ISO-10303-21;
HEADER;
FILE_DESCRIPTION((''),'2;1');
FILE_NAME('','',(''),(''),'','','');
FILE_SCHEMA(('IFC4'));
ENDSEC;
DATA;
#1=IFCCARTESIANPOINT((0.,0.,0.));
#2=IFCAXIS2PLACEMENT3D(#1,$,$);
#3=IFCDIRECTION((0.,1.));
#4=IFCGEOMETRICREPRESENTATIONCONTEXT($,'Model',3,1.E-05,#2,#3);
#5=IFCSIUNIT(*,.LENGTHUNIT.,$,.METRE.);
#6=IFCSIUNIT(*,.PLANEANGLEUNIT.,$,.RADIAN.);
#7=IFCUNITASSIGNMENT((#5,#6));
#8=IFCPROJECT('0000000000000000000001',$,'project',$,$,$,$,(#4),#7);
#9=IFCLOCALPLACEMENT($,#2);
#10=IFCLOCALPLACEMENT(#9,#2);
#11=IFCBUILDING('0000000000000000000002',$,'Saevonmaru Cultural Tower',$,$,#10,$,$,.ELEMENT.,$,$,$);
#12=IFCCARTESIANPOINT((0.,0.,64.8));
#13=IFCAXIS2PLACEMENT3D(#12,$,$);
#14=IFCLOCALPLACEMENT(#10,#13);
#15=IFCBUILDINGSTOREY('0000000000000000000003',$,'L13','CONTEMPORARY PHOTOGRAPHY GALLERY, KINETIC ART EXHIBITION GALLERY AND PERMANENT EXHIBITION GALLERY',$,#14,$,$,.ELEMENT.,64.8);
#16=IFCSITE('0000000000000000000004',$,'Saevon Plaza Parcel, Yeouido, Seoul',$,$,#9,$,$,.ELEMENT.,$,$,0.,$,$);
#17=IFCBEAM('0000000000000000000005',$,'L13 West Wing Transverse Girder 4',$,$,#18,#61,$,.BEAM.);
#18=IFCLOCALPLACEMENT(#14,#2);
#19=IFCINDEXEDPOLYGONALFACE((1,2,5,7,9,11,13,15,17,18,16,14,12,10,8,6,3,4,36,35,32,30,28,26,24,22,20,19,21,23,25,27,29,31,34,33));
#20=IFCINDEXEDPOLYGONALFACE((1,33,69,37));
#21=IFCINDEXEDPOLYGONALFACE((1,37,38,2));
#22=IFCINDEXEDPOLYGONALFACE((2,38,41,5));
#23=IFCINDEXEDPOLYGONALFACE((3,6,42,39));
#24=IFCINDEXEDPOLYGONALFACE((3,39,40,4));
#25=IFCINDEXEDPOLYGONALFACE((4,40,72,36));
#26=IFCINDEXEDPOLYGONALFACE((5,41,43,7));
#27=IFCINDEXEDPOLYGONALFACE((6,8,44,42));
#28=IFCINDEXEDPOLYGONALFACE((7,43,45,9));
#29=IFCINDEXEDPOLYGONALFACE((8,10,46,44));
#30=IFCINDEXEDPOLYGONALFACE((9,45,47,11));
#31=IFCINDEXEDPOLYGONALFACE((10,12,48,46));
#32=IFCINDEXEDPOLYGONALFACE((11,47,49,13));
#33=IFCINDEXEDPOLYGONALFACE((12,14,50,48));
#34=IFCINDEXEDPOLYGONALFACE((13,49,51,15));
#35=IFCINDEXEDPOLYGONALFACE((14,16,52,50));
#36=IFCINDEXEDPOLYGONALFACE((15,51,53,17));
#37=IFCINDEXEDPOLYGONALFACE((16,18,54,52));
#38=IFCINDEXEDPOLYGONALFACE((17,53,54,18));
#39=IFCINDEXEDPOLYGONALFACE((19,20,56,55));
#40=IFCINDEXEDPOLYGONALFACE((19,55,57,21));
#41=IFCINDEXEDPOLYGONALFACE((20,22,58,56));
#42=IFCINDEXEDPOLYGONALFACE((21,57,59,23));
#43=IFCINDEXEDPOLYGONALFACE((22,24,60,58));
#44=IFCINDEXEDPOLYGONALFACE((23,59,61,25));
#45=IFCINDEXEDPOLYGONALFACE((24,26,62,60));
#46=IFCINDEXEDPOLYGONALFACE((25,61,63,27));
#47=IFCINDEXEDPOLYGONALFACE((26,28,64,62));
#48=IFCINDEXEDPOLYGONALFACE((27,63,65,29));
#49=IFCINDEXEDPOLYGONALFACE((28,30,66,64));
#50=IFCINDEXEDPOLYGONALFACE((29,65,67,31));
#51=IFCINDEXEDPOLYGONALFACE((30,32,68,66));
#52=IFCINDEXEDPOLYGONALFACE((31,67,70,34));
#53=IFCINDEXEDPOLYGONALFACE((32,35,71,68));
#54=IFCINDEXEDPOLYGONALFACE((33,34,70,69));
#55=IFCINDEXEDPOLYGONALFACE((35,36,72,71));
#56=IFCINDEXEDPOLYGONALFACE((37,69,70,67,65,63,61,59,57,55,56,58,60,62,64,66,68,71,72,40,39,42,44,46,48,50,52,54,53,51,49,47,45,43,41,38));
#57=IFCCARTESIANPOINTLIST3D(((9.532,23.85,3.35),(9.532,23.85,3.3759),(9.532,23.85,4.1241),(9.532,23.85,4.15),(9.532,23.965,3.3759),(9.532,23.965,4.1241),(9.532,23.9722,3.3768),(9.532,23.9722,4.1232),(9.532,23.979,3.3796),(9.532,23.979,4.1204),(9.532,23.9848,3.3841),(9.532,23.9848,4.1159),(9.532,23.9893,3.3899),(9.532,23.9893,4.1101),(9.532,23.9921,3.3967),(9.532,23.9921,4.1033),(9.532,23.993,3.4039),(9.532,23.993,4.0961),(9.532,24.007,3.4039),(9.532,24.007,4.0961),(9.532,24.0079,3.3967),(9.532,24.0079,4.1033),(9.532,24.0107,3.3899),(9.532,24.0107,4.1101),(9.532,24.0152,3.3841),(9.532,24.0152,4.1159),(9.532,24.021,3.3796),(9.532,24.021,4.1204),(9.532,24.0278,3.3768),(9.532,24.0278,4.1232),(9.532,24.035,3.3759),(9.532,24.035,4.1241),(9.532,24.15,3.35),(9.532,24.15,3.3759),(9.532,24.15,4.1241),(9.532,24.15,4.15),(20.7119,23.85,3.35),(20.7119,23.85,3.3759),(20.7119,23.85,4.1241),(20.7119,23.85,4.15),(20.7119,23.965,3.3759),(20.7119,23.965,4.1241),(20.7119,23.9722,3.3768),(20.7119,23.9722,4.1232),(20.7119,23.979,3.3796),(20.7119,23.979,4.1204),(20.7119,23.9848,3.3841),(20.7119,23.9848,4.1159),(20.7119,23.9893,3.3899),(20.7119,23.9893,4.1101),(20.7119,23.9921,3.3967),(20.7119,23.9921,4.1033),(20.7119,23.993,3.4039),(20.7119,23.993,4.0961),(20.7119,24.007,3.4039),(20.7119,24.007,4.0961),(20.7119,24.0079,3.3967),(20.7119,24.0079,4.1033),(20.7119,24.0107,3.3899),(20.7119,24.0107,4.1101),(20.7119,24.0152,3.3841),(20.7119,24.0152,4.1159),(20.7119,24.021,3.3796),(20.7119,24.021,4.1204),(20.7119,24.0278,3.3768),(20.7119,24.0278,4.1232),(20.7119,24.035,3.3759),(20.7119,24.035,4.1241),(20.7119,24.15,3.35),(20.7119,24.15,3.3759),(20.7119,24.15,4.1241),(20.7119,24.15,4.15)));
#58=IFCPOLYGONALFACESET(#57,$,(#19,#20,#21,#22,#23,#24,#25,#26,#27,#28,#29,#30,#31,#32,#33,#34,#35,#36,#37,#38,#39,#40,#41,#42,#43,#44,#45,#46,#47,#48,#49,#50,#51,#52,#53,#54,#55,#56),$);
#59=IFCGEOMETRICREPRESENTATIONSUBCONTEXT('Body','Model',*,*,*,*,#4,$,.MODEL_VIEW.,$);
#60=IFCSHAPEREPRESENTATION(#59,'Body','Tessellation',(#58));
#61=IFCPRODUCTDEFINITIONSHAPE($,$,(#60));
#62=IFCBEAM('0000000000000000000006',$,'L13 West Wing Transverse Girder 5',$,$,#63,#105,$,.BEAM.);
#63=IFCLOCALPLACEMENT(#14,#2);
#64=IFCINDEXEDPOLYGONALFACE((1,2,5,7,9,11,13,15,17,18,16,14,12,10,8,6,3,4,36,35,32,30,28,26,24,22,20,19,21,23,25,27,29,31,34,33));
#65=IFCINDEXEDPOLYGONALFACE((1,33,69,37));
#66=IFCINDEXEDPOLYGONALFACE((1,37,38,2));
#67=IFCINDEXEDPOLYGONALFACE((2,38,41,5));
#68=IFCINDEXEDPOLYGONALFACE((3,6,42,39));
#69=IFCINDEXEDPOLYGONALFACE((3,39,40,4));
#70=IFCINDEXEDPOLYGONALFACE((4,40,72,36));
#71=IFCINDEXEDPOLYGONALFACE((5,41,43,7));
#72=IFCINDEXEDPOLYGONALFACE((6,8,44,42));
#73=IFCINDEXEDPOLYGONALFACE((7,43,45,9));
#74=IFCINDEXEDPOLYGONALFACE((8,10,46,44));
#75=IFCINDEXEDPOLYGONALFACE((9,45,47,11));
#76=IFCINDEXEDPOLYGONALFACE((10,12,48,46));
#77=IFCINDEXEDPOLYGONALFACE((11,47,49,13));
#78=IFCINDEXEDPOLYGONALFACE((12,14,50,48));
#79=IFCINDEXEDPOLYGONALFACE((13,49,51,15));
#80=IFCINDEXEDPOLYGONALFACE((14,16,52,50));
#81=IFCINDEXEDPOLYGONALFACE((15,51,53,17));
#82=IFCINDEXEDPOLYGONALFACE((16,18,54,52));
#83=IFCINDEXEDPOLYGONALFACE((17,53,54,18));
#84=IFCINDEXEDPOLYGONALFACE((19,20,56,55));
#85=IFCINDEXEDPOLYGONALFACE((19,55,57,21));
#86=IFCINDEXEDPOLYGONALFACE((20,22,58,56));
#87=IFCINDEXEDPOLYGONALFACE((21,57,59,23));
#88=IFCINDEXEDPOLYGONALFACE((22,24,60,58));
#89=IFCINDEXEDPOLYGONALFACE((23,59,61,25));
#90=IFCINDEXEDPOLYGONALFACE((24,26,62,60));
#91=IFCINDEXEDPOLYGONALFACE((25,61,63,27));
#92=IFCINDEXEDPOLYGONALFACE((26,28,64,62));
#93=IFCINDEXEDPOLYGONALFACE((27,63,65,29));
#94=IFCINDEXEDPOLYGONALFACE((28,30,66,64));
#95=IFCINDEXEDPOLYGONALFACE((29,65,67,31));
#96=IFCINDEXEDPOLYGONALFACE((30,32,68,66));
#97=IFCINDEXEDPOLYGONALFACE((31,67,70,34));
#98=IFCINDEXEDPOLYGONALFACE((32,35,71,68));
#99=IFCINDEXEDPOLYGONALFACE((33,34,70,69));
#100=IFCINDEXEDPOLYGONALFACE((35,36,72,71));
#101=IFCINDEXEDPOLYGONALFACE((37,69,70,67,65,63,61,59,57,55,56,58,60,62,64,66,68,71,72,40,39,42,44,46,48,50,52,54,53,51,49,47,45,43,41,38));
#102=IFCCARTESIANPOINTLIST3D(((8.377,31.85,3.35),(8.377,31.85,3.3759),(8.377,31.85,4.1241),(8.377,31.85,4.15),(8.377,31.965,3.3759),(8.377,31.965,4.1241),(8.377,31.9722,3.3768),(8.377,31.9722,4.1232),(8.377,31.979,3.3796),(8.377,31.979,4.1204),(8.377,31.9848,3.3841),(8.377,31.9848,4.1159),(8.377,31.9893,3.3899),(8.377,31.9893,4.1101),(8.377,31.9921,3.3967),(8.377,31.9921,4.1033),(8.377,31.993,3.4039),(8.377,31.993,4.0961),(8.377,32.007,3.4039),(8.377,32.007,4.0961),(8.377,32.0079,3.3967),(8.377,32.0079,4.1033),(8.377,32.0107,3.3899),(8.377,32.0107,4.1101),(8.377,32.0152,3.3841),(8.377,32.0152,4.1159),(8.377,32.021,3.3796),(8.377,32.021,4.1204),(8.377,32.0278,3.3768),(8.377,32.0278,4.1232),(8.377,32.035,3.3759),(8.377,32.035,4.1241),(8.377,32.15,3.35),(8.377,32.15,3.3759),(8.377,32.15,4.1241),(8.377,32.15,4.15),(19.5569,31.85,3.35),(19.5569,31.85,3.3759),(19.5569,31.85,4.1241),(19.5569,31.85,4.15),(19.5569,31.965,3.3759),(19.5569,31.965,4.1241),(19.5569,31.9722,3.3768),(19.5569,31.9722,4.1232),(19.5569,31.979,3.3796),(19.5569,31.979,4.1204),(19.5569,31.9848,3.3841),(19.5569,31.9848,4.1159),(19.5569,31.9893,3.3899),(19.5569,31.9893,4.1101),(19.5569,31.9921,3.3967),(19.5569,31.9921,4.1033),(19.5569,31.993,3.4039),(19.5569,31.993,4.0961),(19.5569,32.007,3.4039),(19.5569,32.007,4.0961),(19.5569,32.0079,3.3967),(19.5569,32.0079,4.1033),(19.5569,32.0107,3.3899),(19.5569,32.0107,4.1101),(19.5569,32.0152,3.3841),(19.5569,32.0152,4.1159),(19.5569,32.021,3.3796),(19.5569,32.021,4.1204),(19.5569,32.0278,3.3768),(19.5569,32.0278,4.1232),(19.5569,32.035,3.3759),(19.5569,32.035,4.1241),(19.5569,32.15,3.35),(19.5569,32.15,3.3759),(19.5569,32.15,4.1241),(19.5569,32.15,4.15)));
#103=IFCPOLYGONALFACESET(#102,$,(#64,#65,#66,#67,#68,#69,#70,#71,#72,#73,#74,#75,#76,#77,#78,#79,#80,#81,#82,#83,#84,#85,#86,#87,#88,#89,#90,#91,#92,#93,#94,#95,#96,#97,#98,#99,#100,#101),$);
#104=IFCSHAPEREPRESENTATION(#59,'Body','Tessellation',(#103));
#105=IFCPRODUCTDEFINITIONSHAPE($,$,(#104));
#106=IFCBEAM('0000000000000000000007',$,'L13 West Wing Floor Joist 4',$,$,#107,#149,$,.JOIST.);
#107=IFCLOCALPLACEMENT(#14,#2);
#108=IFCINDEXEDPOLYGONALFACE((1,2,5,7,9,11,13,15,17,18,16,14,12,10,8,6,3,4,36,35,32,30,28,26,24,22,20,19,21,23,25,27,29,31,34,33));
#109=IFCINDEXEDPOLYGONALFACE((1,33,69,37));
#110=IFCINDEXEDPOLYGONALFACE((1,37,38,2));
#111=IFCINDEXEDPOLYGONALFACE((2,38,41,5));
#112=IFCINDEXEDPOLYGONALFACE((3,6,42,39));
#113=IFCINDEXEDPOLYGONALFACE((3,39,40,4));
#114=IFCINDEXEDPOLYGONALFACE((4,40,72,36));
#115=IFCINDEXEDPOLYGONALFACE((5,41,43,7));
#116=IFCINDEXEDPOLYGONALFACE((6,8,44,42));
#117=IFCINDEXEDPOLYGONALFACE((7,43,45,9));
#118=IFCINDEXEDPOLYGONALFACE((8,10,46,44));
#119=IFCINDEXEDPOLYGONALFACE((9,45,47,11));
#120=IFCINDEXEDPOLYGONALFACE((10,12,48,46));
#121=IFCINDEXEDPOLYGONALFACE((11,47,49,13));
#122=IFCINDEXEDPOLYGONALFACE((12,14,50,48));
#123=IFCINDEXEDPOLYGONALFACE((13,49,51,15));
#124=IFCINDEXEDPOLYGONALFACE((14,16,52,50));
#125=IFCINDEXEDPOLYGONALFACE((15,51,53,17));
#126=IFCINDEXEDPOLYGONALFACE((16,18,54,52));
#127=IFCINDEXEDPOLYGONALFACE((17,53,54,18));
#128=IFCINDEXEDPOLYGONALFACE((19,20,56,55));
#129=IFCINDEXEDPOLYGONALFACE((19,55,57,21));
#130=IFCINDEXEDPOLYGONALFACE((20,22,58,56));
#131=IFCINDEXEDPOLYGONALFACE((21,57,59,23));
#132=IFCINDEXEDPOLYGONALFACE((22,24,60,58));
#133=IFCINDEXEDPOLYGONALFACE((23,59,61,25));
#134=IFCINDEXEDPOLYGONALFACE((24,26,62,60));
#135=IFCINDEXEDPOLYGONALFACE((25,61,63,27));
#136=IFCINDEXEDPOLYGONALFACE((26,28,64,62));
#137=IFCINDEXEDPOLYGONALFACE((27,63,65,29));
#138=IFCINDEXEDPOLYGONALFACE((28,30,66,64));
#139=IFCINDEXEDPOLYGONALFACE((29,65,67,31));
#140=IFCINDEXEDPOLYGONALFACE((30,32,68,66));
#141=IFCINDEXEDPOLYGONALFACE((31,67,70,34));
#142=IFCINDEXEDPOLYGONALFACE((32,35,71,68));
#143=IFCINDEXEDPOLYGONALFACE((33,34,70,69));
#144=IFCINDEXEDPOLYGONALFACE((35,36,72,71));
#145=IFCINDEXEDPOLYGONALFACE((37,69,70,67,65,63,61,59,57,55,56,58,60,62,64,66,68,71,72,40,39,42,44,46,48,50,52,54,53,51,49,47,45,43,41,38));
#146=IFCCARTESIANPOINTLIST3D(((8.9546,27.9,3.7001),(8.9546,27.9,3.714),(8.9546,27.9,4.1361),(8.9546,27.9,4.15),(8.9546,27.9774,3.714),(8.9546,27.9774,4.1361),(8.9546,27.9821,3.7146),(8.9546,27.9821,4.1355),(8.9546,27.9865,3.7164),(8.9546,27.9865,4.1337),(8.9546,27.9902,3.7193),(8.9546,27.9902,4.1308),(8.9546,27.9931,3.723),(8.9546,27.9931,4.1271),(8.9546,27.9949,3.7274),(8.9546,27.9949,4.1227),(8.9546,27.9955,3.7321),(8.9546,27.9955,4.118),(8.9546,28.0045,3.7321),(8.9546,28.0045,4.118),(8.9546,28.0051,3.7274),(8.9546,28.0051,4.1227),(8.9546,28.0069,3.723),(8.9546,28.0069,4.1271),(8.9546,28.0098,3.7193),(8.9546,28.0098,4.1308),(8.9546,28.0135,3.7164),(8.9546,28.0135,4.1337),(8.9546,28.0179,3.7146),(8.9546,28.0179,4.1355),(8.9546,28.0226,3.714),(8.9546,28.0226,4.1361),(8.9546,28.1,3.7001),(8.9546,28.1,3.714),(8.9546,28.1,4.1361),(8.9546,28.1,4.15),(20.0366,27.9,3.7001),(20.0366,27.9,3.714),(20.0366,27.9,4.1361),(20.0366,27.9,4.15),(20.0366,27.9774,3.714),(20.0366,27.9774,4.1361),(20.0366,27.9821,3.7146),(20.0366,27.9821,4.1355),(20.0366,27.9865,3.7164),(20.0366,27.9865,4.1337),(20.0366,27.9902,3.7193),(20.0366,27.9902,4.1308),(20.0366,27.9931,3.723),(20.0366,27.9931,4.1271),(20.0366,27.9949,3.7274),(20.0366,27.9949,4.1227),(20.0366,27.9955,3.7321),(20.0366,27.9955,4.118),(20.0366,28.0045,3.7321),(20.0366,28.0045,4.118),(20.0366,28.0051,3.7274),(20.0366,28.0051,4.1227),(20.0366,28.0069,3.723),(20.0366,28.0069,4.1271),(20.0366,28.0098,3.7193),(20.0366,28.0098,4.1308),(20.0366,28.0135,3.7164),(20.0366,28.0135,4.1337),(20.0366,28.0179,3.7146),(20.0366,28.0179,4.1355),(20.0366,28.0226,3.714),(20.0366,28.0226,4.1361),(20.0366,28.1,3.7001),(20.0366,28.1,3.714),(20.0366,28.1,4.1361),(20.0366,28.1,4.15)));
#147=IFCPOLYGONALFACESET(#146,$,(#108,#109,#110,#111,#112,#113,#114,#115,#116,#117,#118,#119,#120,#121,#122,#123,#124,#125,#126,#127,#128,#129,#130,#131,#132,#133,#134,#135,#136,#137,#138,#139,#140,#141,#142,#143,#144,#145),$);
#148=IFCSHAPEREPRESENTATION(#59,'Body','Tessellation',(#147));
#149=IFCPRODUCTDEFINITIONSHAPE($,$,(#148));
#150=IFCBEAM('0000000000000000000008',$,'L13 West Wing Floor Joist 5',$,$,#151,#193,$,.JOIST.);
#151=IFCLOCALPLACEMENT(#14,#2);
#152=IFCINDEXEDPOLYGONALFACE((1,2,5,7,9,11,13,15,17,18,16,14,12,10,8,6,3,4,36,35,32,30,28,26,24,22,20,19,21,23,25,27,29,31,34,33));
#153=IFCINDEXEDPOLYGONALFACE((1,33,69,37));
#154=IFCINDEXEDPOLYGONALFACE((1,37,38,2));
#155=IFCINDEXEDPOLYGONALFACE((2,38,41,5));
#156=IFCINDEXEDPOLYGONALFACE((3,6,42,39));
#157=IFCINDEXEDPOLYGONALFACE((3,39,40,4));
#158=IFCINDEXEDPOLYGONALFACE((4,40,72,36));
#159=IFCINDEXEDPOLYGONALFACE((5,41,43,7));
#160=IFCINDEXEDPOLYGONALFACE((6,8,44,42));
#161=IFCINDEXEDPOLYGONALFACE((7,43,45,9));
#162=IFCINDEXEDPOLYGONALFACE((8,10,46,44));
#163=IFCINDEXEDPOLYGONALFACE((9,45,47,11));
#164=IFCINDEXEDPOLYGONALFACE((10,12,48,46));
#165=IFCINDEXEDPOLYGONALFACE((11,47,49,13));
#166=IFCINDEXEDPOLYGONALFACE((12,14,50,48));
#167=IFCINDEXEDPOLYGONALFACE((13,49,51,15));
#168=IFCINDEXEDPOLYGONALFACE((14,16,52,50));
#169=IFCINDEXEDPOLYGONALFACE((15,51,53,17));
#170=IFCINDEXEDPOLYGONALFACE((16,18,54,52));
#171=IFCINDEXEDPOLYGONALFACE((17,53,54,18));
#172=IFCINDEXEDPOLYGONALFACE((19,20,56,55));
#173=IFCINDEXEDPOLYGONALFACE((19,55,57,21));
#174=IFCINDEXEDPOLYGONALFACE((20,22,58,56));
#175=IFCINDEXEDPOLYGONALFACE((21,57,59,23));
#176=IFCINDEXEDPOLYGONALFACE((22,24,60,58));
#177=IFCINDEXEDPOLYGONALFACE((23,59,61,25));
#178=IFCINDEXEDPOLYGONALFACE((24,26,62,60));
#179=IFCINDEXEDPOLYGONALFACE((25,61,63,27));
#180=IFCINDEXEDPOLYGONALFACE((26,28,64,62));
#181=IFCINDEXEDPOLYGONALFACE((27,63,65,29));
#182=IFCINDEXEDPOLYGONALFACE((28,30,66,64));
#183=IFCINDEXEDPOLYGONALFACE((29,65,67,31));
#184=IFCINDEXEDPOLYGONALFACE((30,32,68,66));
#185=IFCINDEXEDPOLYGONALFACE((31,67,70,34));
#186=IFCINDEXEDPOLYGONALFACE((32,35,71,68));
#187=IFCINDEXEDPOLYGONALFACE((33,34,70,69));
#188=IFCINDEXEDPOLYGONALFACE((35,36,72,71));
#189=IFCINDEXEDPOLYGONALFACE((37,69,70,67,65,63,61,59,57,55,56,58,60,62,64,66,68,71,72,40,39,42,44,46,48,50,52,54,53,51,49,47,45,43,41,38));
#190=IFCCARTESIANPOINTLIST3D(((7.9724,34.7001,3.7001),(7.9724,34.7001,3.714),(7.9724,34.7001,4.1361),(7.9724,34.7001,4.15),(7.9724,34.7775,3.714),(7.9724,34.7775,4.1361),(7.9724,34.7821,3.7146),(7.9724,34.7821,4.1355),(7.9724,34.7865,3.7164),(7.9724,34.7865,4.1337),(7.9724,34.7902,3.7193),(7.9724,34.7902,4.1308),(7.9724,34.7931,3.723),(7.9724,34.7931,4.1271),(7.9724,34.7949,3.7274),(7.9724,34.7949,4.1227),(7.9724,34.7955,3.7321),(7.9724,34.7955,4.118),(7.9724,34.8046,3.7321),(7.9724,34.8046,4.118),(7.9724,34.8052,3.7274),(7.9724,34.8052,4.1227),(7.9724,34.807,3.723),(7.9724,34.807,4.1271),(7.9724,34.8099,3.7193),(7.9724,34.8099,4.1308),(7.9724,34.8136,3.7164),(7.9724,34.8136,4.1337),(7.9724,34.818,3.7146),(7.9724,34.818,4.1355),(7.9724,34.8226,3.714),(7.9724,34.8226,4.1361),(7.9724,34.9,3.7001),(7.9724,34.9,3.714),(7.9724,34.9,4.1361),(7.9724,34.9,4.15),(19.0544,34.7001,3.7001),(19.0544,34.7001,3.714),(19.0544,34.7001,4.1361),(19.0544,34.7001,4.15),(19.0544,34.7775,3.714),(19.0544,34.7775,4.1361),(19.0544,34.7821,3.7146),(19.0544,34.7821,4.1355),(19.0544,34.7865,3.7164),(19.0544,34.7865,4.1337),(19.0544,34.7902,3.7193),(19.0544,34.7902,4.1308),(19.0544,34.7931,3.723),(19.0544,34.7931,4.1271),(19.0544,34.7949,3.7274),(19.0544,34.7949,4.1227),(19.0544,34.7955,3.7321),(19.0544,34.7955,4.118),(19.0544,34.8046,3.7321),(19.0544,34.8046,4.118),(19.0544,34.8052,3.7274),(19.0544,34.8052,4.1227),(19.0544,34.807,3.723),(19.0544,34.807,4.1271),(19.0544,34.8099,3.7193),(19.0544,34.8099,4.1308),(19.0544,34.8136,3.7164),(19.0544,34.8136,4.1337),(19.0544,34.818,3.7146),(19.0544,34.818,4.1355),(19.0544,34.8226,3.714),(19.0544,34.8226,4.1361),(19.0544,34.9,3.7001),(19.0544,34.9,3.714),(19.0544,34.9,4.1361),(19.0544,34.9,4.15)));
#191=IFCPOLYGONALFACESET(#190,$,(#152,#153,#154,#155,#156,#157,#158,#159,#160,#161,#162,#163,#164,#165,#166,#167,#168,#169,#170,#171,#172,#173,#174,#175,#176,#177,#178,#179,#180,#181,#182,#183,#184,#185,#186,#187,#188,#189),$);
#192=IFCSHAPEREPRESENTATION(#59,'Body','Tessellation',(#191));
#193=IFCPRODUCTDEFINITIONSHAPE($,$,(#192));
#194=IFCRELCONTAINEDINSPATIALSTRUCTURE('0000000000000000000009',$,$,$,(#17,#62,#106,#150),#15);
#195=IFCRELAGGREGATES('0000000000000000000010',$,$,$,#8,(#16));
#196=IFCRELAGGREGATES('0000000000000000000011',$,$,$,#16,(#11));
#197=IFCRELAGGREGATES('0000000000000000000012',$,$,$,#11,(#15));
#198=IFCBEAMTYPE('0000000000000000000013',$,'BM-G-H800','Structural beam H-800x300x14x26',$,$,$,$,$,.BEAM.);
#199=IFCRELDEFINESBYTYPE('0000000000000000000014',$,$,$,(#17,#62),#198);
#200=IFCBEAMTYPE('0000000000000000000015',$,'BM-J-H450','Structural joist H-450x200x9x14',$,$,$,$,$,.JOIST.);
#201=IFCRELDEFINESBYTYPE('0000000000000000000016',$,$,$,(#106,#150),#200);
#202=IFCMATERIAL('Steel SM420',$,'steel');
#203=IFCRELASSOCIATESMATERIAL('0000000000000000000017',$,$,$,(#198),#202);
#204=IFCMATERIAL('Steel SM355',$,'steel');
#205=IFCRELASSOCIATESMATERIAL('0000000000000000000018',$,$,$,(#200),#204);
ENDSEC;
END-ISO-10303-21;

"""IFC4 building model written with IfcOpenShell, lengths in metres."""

from ifc_helpers import new_model, si_unit, direction, frame, origin, origin_2d, place, context, subcontext, project, spatial, i_section, extrude, material, material_profile, profile_set, type_object, element, save


model = new_model("IFC4")

# Units and contexts
model_context = context("Model", 3, precision=1e-05, world=origin(), true_north=direction((0.0, 1.0)))
body_context = subcontext(model_context, "Body", "Model", "MODEL_VIEW")
ifc_project = project(units=[si_unit("LENGTHUNIT", "METRE"), si_unit("PLANEANGLEUNIT", "RADIAN")], contexts=[model_context])

# Site, building, storey
site_placement = place(None, origin())
site = spatial("IfcSite", under=ifc_project, at=site_placement, Name="Saevon Plaza Parcel, Yeouido, Seoul", CompositionType="ELEMENT", RefElevation=0.0)
building_placement = place(site_placement, origin())
building = spatial("IfcBuilding", under=site, at=building_placement, Name="Saevonmaru Cultural Tower", CompositionType="ELEMENT")
storey_placement = place(building_placement, frame((0.0, 0.0, 64.8)))
storey = spatial("IfcBuildingStorey", under=building, at=storey_placement, Name="L13", Description="CONTEMPORARY PHOTOGRAPHY GALLERY, KINETIC ART EXHIBITION GALLERY AND PERMANENT EXHIBITION GALLERY", CompositionType="ELEMENT", Elevation=64.8)

# Shared definitions
ifc_material_1 = material(Name="Steel SM420", Category="steel")

# Beams
ifc_material_profile_1 = material_profile(ifc_material_1, i_section(OverallWidth=0.3, OverallDepth=0.8, WebThickness=0.0139, FlangeThickness=0.0259, FilletRadius=0.0281, at=origin_2d()), Name="H-800x300x14x26")
ifc_profile_set_1 = profile_set([ifc_material_profile_1], Name="Steel SM420")
beam_type_1 = type_object("IfcBeamType", Name="BM-G-H800", Description="Structural beam H-800x300x14x26", PredefinedType="BEAM", material=ifc_profile_set_1)
for number, where, z_axis, x_axis, name in (
    (1, (9.532, 24.0, 3.75), (1.0, 0.0, 0.0), (0.0, 1.0, 0.0), "L13 West Wing Transverse Girder 4"),
    (2, (8.377, 32.0, 3.75), (1.0, 0.0, 0.0), (0.0, 1.0, 0.0), "L13 West Wing Transverse Girder 5"),
):
    element("IfcBeam", number, at=place(storey_placement, frame(where, z_axis=z_axis, x_axis=x_axis)), inside=storey, type_object=beam_type_1, Name=name, PredefinedType="BEAM", context=body_context, shape_type="SweptSolid", body=[
        extrude(i_section(OverallWidth=0.3, OverallDepth=0.8, WebThickness=0.0139, FlangeThickness=0.0259, FilletRadius=0.0281, at=origin_2d()), origin(), (0.0, 0.0, 1.0), 11.1799),
    ])
ifc_material_2 = material(Name="Steel SM355", Category="steel")
ifc_material_profile_2 = material_profile(ifc_material_2, i_section(OverallWidth=0.2, OverallDepth=0.45, WebThickness=0.009, FlangeThickness=0.0139, FilletRadius=0.0181, at=origin_2d()), Name="H-450x200x9x14")
ifc_profile_set_2 = profile_set([ifc_material_profile_2], Name="Steel SM355")
beam_type_2 = type_object("IfcBeamType", Name="BM-J-H450", Description="Structural joist H-450x200x9x14", PredefinedType="JOIST", material=ifc_profile_set_2)
for number, where, z_axis, x_axis, name in (
    (3, (8.9546, 28.0, 3.925), (1.0, 0.0, 0.0), (0.0, 1.0, 0.0), "L13 West Wing Floor Joist 4"),
    (4, (7.9724, 34.8, 3.925), (1.0, 0.0, 0.0), (0.0, 1.0, 0.0), "L13 West Wing Floor Joist 5"),
):
    element("IfcBeam", number, at=place(storey_placement, frame(where, z_axis=z_axis, x_axis=x_axis)), inside=storey, type_object=beam_type_2, Name=name, PredefinedType="JOIST", context=body_context, shape_type="SweptSolid", body=[
        extrude(i_section(OverallWidth=0.2, OverallDepth=0.45, WebThickness=0.009, FlangeThickness=0.0139, FilletRadius=0.0181, at=origin_2d()), origin(), (0.0, 0.0, 1.0), 11.082),
    ])

save(model, "model.ifc")
